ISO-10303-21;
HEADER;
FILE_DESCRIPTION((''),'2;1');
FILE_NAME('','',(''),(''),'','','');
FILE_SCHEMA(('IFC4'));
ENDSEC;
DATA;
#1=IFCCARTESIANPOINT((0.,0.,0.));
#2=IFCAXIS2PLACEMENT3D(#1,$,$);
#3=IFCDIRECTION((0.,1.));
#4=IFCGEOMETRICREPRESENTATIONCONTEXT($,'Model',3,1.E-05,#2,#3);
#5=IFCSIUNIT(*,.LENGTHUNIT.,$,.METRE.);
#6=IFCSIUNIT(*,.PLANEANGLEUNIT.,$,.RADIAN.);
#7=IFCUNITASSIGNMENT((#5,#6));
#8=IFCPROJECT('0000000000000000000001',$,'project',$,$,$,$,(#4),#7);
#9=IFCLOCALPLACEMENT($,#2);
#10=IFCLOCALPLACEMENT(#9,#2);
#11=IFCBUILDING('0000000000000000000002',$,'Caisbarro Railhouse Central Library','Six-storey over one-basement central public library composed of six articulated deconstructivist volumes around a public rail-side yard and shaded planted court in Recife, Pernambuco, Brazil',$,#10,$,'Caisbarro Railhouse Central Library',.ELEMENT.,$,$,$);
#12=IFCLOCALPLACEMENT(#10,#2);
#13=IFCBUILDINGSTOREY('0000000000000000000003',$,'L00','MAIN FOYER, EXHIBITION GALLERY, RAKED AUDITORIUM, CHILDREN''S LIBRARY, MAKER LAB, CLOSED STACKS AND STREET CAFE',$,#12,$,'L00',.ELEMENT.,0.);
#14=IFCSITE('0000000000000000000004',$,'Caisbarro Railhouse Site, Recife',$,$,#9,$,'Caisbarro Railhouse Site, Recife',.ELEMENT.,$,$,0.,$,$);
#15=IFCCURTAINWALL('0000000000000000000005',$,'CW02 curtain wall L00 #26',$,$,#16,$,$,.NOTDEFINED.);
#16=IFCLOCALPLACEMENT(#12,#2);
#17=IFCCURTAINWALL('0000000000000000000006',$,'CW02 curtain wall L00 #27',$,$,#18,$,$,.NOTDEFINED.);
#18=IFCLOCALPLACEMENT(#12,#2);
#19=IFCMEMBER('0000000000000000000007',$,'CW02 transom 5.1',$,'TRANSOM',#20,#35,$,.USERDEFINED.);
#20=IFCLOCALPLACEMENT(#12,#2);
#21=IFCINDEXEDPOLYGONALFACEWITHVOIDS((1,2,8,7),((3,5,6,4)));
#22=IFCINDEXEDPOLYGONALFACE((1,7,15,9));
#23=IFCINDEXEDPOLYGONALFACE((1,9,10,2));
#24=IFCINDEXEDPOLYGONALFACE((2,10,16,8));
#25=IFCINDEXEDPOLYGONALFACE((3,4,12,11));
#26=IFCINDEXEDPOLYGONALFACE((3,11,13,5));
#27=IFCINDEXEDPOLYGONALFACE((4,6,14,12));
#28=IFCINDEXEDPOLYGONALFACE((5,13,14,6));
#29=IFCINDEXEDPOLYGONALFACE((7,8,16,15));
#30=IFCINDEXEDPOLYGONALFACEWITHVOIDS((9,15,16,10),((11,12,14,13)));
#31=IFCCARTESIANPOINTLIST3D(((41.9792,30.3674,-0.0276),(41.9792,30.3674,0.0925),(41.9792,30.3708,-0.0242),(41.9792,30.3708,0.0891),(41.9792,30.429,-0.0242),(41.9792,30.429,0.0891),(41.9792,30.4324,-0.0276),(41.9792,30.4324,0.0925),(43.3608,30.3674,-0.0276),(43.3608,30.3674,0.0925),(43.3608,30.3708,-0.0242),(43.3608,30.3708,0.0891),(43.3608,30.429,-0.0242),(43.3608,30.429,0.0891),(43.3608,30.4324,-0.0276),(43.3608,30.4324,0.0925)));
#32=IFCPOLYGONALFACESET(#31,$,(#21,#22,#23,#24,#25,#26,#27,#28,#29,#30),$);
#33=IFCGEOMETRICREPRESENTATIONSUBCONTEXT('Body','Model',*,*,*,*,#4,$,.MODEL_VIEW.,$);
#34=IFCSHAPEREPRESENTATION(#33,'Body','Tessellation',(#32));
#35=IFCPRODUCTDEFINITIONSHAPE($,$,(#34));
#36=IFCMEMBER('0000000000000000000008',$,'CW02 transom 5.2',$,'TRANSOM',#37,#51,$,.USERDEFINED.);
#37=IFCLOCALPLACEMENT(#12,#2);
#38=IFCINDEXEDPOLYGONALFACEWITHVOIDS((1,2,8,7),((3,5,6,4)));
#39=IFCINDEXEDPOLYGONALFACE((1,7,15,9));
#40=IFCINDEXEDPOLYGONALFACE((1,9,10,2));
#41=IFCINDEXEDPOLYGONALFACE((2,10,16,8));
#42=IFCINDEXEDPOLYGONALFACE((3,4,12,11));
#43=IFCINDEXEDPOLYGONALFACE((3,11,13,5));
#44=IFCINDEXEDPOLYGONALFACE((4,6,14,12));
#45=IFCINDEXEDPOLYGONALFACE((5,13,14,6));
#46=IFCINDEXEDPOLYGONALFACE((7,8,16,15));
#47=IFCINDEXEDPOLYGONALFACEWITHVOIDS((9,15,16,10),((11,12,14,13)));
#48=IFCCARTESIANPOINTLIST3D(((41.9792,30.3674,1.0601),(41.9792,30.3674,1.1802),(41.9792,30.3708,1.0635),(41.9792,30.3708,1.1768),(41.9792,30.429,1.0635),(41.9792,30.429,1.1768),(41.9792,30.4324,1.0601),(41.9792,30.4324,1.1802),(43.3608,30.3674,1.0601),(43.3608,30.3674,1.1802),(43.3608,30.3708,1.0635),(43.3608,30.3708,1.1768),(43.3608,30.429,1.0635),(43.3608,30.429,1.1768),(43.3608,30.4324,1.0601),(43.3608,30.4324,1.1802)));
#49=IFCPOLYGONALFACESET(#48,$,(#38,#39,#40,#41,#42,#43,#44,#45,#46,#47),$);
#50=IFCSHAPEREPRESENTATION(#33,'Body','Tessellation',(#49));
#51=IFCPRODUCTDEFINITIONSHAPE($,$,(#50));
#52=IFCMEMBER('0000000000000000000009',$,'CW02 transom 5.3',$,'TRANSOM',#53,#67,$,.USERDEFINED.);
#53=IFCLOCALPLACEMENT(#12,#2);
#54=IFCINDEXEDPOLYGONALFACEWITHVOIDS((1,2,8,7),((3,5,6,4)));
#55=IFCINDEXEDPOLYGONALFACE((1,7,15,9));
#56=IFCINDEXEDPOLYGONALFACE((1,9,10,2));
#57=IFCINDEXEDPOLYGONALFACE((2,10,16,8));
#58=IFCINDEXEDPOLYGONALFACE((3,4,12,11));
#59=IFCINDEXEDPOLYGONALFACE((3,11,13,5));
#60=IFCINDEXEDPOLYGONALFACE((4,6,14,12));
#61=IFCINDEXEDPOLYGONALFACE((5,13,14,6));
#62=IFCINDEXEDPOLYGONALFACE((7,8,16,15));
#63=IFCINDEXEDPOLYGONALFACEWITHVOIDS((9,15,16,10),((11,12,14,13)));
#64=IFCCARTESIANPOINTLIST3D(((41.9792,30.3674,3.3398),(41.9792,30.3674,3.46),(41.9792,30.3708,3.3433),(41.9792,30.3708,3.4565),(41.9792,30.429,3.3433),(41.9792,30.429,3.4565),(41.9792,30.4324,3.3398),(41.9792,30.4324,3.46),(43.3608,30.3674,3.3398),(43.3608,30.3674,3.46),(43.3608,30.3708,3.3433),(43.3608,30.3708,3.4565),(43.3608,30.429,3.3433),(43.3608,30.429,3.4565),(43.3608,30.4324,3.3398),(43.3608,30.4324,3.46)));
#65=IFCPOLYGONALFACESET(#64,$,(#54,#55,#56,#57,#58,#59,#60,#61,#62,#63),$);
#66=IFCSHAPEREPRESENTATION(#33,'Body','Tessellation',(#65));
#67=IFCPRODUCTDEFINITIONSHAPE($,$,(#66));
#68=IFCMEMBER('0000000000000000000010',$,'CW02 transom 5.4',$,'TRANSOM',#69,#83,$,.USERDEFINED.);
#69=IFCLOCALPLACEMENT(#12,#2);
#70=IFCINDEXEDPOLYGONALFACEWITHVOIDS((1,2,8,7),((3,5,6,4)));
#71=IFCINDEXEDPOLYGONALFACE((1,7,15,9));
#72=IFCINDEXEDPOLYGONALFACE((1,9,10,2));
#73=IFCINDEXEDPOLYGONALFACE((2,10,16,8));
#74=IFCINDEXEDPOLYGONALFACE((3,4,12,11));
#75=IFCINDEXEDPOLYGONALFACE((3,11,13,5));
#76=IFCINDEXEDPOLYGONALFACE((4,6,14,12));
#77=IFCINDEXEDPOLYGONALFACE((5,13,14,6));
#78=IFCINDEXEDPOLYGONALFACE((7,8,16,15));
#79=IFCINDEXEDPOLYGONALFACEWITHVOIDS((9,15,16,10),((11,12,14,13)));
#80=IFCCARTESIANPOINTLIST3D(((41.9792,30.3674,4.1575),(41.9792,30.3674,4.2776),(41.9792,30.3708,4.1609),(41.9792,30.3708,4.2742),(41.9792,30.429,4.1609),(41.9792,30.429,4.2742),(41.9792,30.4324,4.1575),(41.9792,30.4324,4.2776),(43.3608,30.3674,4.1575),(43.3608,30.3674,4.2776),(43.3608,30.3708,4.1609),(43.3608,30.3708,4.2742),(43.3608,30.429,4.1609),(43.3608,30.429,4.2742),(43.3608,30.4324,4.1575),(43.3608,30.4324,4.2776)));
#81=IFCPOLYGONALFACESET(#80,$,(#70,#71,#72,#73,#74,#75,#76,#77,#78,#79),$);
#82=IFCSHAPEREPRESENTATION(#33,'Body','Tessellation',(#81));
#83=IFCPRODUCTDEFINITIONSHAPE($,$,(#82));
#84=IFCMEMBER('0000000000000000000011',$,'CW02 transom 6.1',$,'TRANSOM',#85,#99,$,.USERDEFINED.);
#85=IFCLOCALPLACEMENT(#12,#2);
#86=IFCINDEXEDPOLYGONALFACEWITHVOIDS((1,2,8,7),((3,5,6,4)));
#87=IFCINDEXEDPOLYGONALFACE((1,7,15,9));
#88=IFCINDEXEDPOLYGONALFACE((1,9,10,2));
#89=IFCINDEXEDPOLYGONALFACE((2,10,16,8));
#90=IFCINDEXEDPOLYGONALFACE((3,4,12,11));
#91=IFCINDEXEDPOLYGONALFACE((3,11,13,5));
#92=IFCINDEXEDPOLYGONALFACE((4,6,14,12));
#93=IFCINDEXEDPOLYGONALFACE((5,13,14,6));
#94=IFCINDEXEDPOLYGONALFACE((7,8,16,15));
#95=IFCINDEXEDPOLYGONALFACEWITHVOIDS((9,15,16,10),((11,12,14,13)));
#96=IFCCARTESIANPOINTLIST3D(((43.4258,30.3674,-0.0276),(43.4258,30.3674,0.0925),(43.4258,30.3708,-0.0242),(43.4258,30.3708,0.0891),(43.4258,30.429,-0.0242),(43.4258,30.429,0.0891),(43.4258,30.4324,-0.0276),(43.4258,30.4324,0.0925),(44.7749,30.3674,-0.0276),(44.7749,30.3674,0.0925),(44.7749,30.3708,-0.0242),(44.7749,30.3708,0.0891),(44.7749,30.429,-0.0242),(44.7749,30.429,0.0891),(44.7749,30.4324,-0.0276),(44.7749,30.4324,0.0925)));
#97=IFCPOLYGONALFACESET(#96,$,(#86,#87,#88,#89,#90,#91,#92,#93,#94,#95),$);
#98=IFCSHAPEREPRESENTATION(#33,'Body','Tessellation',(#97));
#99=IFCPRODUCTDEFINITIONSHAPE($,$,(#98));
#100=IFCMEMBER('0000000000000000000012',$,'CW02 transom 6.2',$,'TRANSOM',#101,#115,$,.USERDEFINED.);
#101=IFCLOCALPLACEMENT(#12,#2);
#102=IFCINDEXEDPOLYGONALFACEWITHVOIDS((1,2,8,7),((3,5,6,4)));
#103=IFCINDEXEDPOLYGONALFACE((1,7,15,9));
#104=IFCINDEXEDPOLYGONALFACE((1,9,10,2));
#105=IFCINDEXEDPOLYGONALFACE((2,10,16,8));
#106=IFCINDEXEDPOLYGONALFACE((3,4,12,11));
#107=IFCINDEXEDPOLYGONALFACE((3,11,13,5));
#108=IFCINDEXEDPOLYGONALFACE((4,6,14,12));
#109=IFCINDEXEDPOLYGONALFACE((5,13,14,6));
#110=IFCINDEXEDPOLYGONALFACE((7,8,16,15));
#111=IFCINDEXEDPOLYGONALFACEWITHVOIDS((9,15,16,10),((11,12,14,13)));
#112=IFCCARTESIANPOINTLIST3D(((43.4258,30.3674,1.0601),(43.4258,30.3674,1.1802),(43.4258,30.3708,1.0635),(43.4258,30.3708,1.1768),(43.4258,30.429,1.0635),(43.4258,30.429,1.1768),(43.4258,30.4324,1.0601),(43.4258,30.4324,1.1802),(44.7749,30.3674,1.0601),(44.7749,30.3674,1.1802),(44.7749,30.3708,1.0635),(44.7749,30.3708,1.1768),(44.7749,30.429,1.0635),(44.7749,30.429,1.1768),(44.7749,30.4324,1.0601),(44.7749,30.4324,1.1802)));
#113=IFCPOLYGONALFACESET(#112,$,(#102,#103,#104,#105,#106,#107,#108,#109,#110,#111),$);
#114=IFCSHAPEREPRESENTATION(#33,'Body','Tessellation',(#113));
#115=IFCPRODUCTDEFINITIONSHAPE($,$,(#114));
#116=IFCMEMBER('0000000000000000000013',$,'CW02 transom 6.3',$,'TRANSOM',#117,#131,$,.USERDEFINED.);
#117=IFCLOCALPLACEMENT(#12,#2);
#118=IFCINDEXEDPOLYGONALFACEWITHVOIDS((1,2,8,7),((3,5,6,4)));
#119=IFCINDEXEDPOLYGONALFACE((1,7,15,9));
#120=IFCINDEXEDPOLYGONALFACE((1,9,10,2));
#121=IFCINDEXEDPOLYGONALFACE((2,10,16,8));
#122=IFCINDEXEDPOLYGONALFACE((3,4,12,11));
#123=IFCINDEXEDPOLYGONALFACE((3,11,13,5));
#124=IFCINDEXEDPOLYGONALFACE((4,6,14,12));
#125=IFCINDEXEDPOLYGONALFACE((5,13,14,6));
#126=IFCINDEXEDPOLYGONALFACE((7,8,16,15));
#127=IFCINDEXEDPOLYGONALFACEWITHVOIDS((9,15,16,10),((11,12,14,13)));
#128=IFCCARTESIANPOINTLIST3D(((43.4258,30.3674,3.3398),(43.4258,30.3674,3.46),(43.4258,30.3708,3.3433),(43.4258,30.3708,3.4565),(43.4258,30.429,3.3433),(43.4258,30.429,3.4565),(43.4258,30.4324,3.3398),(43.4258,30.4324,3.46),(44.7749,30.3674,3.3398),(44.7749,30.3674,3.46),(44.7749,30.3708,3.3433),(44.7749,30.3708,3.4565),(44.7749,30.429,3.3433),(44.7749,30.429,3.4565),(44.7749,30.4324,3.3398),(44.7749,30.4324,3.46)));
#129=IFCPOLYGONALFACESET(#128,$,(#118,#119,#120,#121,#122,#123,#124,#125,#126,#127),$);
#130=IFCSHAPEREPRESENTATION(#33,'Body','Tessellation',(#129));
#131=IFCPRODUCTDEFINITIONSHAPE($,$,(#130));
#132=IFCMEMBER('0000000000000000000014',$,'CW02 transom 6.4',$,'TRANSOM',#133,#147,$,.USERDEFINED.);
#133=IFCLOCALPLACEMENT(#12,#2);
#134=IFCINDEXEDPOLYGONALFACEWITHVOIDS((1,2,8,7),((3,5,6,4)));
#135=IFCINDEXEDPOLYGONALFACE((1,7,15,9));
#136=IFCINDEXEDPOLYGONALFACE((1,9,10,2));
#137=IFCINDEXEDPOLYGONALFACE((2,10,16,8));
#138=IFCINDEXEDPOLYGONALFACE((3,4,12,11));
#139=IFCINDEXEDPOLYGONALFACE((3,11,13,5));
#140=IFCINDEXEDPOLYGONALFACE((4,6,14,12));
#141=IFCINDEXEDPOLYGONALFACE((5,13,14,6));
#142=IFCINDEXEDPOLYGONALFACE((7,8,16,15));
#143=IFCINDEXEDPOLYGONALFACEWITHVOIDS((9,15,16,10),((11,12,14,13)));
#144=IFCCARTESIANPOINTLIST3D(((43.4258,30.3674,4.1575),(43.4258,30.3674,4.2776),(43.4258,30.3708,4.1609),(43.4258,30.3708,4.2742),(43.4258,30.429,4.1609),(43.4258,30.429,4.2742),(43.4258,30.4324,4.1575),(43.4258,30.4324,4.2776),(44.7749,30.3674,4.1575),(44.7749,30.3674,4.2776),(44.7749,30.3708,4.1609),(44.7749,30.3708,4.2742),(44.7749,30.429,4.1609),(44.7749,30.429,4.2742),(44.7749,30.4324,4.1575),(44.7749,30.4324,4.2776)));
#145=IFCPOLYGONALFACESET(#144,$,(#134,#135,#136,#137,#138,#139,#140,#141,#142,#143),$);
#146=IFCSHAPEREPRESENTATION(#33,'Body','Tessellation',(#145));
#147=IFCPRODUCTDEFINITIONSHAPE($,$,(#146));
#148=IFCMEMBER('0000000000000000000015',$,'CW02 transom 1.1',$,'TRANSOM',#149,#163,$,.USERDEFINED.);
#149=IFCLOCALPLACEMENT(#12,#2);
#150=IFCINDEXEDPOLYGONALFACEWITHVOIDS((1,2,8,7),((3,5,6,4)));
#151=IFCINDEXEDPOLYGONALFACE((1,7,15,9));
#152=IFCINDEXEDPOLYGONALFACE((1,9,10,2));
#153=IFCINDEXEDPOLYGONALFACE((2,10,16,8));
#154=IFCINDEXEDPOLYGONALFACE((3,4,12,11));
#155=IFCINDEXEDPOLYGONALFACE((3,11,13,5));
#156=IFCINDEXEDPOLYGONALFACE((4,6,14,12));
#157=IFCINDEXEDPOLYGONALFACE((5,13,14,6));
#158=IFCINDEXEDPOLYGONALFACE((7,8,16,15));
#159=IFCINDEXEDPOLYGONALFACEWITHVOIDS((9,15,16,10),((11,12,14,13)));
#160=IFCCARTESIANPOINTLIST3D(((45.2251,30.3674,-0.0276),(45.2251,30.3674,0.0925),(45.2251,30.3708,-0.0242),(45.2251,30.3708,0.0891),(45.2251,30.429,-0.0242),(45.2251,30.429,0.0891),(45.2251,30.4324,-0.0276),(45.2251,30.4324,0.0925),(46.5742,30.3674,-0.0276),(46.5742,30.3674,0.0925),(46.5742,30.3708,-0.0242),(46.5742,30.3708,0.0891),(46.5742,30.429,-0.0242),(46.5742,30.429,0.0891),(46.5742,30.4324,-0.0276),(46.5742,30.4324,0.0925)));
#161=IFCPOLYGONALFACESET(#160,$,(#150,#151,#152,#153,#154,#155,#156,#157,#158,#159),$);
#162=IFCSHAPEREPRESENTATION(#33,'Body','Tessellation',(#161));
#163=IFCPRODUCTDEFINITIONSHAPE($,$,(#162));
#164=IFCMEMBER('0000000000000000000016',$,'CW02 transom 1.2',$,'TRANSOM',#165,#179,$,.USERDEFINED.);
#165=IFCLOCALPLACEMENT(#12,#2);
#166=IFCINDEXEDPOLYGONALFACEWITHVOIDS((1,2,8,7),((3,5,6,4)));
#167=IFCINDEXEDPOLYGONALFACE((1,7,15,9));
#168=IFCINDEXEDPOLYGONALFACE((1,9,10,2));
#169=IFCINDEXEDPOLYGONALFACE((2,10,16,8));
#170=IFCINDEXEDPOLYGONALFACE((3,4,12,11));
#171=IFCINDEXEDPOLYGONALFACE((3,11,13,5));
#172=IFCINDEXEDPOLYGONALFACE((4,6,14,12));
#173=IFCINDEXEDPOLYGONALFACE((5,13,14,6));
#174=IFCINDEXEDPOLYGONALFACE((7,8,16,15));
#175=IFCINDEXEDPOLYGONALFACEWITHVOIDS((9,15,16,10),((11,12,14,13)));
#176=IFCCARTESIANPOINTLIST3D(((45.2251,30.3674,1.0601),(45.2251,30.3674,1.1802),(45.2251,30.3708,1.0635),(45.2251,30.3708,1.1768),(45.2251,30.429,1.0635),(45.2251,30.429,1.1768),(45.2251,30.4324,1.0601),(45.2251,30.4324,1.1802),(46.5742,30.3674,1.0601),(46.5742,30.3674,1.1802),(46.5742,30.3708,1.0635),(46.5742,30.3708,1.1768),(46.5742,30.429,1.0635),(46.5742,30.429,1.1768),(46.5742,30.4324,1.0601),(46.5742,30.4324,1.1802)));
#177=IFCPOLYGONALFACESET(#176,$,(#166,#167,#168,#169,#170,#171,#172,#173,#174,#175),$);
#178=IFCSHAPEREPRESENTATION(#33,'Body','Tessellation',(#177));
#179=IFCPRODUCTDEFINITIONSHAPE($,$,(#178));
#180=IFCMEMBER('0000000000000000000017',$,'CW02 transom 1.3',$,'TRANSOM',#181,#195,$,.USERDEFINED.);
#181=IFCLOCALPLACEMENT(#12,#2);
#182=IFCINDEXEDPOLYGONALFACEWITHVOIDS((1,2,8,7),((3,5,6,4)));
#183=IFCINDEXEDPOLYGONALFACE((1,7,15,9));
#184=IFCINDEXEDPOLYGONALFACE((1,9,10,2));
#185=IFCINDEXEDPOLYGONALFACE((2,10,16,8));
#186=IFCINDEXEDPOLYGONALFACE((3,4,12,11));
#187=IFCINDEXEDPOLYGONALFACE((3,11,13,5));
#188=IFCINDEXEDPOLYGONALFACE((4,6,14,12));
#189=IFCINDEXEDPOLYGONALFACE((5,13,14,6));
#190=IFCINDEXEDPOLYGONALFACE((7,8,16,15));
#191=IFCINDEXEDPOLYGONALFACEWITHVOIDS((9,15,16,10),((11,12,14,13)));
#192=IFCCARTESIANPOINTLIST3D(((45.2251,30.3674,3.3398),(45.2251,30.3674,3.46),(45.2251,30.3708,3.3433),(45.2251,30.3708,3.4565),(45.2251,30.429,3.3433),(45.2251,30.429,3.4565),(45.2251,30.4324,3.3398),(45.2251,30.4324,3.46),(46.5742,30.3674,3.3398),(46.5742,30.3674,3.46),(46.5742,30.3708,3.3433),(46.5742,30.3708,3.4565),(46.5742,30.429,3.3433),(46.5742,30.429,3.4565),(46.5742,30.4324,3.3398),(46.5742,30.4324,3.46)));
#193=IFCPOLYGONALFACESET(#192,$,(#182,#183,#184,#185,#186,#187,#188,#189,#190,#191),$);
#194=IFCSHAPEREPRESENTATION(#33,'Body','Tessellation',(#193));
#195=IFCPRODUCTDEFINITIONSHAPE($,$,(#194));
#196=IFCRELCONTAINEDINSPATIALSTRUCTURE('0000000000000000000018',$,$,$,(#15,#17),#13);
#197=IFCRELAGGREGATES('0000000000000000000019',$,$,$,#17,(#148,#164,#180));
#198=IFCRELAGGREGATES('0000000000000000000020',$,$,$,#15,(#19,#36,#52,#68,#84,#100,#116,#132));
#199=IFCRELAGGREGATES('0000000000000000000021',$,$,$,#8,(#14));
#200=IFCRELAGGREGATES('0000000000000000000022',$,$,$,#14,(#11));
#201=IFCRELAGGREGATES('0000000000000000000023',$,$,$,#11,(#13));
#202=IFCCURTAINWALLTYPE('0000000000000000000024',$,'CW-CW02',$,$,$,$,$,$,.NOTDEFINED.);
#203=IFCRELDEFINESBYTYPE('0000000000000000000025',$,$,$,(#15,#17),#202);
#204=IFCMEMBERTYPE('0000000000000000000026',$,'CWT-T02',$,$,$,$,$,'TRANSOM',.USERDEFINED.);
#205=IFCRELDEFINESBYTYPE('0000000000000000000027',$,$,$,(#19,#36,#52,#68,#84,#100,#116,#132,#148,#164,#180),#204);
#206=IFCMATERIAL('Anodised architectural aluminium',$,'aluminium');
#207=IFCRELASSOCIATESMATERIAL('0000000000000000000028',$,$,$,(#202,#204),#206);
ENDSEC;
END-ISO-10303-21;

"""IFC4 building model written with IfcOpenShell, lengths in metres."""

from ifc_helpers import new_model, si_unit, direction, frame, origin, origin_2d, place, context, subcontext, project, spatial, hollow_rectangle, extrude, material, material_profile, profile_set, type_object, element, aggregate, save


model = new_model("IFC4")

# Units and contexts
model_context = context("Model", 3, precision=1e-05, world=origin(), true_north=direction((0.0, 1.0)))
body_context = subcontext(model_context, "Body", "Model", "MODEL_VIEW")
ifc_project = project(units=[si_unit("LENGTHUNIT", "METRE"), si_unit("PLANEANGLEUNIT", "RADIAN")], contexts=[model_context])

# Site, building, storey
site_placement = place(None, origin())
site = spatial("IfcSite", under=ifc_project, at=site_placement, Name="Caisbarro Railhouse Site, Recife", LongName="Caisbarro Railhouse Site, Recife", CompositionType="ELEMENT", RefElevation=0.0)
building_placement = place(site_placement, origin())
building = spatial("IfcBuilding", under=site, at=building_placement, Name="Caisbarro Railhouse Central Library", Description="Six-storey over one-basement central public library composed of six articulated deconstructivist volumes around a public rail-side yard and shaded planted court in Recife, Pernambuco, Brazil", LongName="Caisbarro Railhouse Central Library", CompositionType="ELEMENT")
storey_placement = place(building_placement, origin())
storey = spatial("IfcBuildingStorey", under=building, at=storey_placement, Name="L00", Description="MAIN FOYER, EXHIBITION GALLERY, RAKED AUDITORIUM, CHILDREN'S LIBRARY, MAKER LAB, CLOSED STACKS AND STREET CAFE", LongName="L00", CompositionType="ELEMENT", Elevation=0.0)

# Curtain wall
ifc_material_1 = material(Name="Anodised architectural aluminium", Category="aluminium")
curtain_wall_type = type_object("IfcCurtainWallType", Name="CW-CW02", PredefinedType="NOTDEFINED", material=ifc_material_1)
curtain_wall_1_placement = place(storey_placement, origin())
curtain_wall_1 = element("IfcCurtainWall", 1, at=curtain_wall_1_placement, inside=storey, type_object=curtain_wall_type, Name="CW02 curtain wall L00 #26", PredefinedType="NOTDEFINED")

# Curtain wall
curtain_wall_2_placement = place(storey_placement, origin())
curtain_wall_2 = element("IfcCurtainWall", 2, at=curtain_wall_2_placement, inside=storey, type_object=curtain_wall_type, Name="CW02 curtain wall L00 #27", PredefinedType="NOTDEFINED")

# Members
ifc_material_profile_1 = material_profile(ifc_material_1, hollow_rectangle(XDim=0.0649, YDim=0.1201, WallThickness=0.0034, at=origin_2d()), Name="ALU-TRN-65X120")
ifc_profile_set_1 = profile_set([ifc_material_profile_1], Name="Anodised architectural aluminium")
member_type_1 = type_object("IfcMemberType", Name="CWT-T02", ElementType="TRANSOM", PredefinedType="USERDEFINED", material=ifc_profile_set_1)
member_1_placement = place(storey_placement, frame((41.9792, 30.3999, 0.0325), z_axis=(1.0, 0.0, 0.0), x_axis=(0.0, 1.0, 0.0)))
member_1 = element("IfcMember", 3, at=member_1_placement, type_object=member_type_1, Name="CW02 transom 5.1", ObjectType="TRANSOM", PredefinedType="USERDEFINED", context=body_context, shape_type="SweptSolid", body=[
    extrude(hollow_rectangle(XDim=0.0649, YDim=0.1201, WallThickness=0.0034, at=origin_2d()), origin(), (0.0, 0.0, 1.0), 1.3816),
])
member_2_placement = place(storey_placement, frame((41.9792, 30.3999, 1.1201), z_axis=(1.0, 0.0, 0.0), x_axis=(0.0, 1.0, 0.0)))
member_2 = element("IfcMember", 4, at=member_2_placement, type_object=member_type_1, Name="CW02 transom 5.2", ObjectType="TRANSOM", PredefinedType="USERDEFINED", context=body_context, shape_type="SweptSolid", body=[
    extrude(hollow_rectangle(XDim=0.0649, YDim=0.1201, WallThickness=0.0034, at=origin_2d()), origin(), (0.0, 0.0, 1.0), 1.3816),
])
member_3_placement = place(storey_placement, frame((41.9792, 30.3999, 3.3999), z_axis=(1.0, 0.0, 0.0), x_axis=(0.0, 1.0, 0.0)))
member_3 = element("IfcMember", 5, at=member_3_placement, type_object=member_type_1, Name="CW02 transom 5.3", ObjectType="TRANSOM", PredefinedType="USERDEFINED", context=body_context, shape_type="SweptSolid", body=[
    extrude(hollow_rectangle(XDim=0.0649, YDim=0.1201, WallThickness=0.0034, at=origin_2d()), origin(), (0.0, 0.0, 1.0), 1.3816),
])
member_4_placement = place(storey_placement, frame((41.9792, 30.3999, 4.2175), z_axis=(1.0, 0.0, 0.0), x_axis=(0.0, 1.0, 0.0)))
member_4 = element("IfcMember", 6, at=member_4_placement, type_object=member_type_1, Name="CW02 transom 5.4", ObjectType="TRANSOM", PredefinedType="USERDEFINED", context=body_context, shape_type="SweptSolid", body=[
    extrude(hollow_rectangle(XDim=0.0649, YDim=0.1201, WallThickness=0.0034, at=origin_2d()), origin(), (0.0, 0.0, 1.0), 1.3816),
])
member_5_placement = place(storey_placement, frame((43.4258, 30.3999, 0.0325), z_axis=(1.0, 0.0, 0.0), x_axis=(0.0, 1.0, 0.0)))
member_5 = element("IfcMember", 7, at=member_5_placement, type_object=member_type_1, Name="CW02 transom 6.1", ObjectType="TRANSOM", PredefinedType="USERDEFINED", context=body_context, shape_type="SweptSolid", body=[
    extrude(hollow_rectangle(XDim=0.0649, YDim=0.1201, WallThickness=0.0034, at=origin_2d()), origin(), (0.0, 0.0, 1.0), 1.3491),
])
member_6_placement = place(storey_placement, frame((43.4258, 30.3999, 1.1201), z_axis=(1.0, 0.0, 0.0), x_axis=(0.0, 1.0, 0.0)))
member_6 = element("IfcMember", 8, at=member_6_placement, type_object=member_type_1, Name="CW02 transom 6.2", ObjectType="TRANSOM", PredefinedType="USERDEFINED", context=body_context, shape_type="SweptSolid", body=[
    extrude(hollow_rectangle(XDim=0.0649, YDim=0.1201, WallThickness=0.0034, at=origin_2d()), origin(), (0.0, 0.0, 1.0), 1.3491),
])
member_7_placement = place(storey_placement, frame((43.4258, 30.3999, 3.3999), z_axis=(1.0, 0.0, 0.0), x_axis=(0.0, 1.0, 0.0)))
member_7 = element("IfcMember", 9, at=member_7_placement, type_object=member_type_1, Name="CW02 transom 6.3", ObjectType="TRANSOM", PredefinedType="USERDEFINED", context=body_context, shape_type="SweptSolid", body=[
    extrude(hollow_rectangle(XDim=0.0649, YDim=0.1201, WallThickness=0.0034, at=origin_2d()), origin(), (0.0, 0.0, 1.0), 1.3491),
])
member_8_placement = place(storey_placement, frame((43.4258, 30.3999, 4.2175), z_axis=(1.0, 0.0, 0.0), x_axis=(0.0, 1.0, 0.0)))
member_8 = element("IfcMember", 10, at=member_8_placement, type_object=member_type_1, Name="CW02 transom 6.4", ObjectType="TRANSOM", PredefinedType="USERDEFINED", context=body_context, shape_type="SweptSolid", body=[
    extrude(hollow_rectangle(XDim=0.0649, YDim=0.1201, WallThickness=0.0034, at=origin_2d()), origin(), (0.0, 0.0, 1.0), 1.3491),
])
member_9_placement = place(storey_placement, frame((45.2251, 30.3999, 0.0325), z_axis=(1.0, 0.0, 0.0), x_axis=(0.0, 1.0, 0.0)))
member_9 = element("IfcMember", 11, at=member_9_placement, type_object=member_type_1, Name="CW02 transom 1.1", ObjectType="TRANSOM", PredefinedType="USERDEFINED", context=body_context, shape_type="SweptSolid", body=[
    extrude(hollow_rectangle(XDim=0.0649, YDim=0.1201, WallThickness=0.0034, at=origin_2d()), origin(), (0.0, 0.0, 1.0), 1.3491),
])
member_10_placement = place(storey_placement, frame((45.2251, 30.3999, 1.1201), z_axis=(1.0, 0.0, 0.0), x_axis=(0.0, 1.0, 0.0)))
member_10 = element("IfcMember", 12, at=member_10_placement, type_object=member_type_1, Name="CW02 transom 1.2", ObjectType="TRANSOM", PredefinedType="USERDEFINED", context=body_context, shape_type="SweptSolid", body=[
    extrude(hollow_rectangle(XDim=0.0649, YDim=0.1201, WallThickness=0.0034, at=origin_2d()), origin(), (0.0, 0.0, 1.0), 1.3491),
])
member_11_placement = place(storey_placement, frame((45.2251, 30.3999, 3.3999), z_axis=(1.0, 0.0, 0.0), x_axis=(0.0, 1.0, 0.0)))
member_11 = element("IfcMember", 13, at=member_11_placement, type_object=member_type_1, Name="CW02 transom 1.3", ObjectType="TRANSOM", PredefinedType="USERDEFINED", context=body_context, shape_type="SweptSolid", body=[
    extrude(hollow_rectangle(XDim=0.0649, YDim=0.1201, WallThickness=0.0034, at=origin_2d()), origin(), (0.0, 0.0, 1.0), 1.3491),
])
aggregate(curtain_wall_2, [member_9, member_10, member_11])

aggregate(curtain_wall_1, [member_1, member_2, member_3, member_4, member_5, member_6, member_7, member_8])

save(model, "model.ifc")
